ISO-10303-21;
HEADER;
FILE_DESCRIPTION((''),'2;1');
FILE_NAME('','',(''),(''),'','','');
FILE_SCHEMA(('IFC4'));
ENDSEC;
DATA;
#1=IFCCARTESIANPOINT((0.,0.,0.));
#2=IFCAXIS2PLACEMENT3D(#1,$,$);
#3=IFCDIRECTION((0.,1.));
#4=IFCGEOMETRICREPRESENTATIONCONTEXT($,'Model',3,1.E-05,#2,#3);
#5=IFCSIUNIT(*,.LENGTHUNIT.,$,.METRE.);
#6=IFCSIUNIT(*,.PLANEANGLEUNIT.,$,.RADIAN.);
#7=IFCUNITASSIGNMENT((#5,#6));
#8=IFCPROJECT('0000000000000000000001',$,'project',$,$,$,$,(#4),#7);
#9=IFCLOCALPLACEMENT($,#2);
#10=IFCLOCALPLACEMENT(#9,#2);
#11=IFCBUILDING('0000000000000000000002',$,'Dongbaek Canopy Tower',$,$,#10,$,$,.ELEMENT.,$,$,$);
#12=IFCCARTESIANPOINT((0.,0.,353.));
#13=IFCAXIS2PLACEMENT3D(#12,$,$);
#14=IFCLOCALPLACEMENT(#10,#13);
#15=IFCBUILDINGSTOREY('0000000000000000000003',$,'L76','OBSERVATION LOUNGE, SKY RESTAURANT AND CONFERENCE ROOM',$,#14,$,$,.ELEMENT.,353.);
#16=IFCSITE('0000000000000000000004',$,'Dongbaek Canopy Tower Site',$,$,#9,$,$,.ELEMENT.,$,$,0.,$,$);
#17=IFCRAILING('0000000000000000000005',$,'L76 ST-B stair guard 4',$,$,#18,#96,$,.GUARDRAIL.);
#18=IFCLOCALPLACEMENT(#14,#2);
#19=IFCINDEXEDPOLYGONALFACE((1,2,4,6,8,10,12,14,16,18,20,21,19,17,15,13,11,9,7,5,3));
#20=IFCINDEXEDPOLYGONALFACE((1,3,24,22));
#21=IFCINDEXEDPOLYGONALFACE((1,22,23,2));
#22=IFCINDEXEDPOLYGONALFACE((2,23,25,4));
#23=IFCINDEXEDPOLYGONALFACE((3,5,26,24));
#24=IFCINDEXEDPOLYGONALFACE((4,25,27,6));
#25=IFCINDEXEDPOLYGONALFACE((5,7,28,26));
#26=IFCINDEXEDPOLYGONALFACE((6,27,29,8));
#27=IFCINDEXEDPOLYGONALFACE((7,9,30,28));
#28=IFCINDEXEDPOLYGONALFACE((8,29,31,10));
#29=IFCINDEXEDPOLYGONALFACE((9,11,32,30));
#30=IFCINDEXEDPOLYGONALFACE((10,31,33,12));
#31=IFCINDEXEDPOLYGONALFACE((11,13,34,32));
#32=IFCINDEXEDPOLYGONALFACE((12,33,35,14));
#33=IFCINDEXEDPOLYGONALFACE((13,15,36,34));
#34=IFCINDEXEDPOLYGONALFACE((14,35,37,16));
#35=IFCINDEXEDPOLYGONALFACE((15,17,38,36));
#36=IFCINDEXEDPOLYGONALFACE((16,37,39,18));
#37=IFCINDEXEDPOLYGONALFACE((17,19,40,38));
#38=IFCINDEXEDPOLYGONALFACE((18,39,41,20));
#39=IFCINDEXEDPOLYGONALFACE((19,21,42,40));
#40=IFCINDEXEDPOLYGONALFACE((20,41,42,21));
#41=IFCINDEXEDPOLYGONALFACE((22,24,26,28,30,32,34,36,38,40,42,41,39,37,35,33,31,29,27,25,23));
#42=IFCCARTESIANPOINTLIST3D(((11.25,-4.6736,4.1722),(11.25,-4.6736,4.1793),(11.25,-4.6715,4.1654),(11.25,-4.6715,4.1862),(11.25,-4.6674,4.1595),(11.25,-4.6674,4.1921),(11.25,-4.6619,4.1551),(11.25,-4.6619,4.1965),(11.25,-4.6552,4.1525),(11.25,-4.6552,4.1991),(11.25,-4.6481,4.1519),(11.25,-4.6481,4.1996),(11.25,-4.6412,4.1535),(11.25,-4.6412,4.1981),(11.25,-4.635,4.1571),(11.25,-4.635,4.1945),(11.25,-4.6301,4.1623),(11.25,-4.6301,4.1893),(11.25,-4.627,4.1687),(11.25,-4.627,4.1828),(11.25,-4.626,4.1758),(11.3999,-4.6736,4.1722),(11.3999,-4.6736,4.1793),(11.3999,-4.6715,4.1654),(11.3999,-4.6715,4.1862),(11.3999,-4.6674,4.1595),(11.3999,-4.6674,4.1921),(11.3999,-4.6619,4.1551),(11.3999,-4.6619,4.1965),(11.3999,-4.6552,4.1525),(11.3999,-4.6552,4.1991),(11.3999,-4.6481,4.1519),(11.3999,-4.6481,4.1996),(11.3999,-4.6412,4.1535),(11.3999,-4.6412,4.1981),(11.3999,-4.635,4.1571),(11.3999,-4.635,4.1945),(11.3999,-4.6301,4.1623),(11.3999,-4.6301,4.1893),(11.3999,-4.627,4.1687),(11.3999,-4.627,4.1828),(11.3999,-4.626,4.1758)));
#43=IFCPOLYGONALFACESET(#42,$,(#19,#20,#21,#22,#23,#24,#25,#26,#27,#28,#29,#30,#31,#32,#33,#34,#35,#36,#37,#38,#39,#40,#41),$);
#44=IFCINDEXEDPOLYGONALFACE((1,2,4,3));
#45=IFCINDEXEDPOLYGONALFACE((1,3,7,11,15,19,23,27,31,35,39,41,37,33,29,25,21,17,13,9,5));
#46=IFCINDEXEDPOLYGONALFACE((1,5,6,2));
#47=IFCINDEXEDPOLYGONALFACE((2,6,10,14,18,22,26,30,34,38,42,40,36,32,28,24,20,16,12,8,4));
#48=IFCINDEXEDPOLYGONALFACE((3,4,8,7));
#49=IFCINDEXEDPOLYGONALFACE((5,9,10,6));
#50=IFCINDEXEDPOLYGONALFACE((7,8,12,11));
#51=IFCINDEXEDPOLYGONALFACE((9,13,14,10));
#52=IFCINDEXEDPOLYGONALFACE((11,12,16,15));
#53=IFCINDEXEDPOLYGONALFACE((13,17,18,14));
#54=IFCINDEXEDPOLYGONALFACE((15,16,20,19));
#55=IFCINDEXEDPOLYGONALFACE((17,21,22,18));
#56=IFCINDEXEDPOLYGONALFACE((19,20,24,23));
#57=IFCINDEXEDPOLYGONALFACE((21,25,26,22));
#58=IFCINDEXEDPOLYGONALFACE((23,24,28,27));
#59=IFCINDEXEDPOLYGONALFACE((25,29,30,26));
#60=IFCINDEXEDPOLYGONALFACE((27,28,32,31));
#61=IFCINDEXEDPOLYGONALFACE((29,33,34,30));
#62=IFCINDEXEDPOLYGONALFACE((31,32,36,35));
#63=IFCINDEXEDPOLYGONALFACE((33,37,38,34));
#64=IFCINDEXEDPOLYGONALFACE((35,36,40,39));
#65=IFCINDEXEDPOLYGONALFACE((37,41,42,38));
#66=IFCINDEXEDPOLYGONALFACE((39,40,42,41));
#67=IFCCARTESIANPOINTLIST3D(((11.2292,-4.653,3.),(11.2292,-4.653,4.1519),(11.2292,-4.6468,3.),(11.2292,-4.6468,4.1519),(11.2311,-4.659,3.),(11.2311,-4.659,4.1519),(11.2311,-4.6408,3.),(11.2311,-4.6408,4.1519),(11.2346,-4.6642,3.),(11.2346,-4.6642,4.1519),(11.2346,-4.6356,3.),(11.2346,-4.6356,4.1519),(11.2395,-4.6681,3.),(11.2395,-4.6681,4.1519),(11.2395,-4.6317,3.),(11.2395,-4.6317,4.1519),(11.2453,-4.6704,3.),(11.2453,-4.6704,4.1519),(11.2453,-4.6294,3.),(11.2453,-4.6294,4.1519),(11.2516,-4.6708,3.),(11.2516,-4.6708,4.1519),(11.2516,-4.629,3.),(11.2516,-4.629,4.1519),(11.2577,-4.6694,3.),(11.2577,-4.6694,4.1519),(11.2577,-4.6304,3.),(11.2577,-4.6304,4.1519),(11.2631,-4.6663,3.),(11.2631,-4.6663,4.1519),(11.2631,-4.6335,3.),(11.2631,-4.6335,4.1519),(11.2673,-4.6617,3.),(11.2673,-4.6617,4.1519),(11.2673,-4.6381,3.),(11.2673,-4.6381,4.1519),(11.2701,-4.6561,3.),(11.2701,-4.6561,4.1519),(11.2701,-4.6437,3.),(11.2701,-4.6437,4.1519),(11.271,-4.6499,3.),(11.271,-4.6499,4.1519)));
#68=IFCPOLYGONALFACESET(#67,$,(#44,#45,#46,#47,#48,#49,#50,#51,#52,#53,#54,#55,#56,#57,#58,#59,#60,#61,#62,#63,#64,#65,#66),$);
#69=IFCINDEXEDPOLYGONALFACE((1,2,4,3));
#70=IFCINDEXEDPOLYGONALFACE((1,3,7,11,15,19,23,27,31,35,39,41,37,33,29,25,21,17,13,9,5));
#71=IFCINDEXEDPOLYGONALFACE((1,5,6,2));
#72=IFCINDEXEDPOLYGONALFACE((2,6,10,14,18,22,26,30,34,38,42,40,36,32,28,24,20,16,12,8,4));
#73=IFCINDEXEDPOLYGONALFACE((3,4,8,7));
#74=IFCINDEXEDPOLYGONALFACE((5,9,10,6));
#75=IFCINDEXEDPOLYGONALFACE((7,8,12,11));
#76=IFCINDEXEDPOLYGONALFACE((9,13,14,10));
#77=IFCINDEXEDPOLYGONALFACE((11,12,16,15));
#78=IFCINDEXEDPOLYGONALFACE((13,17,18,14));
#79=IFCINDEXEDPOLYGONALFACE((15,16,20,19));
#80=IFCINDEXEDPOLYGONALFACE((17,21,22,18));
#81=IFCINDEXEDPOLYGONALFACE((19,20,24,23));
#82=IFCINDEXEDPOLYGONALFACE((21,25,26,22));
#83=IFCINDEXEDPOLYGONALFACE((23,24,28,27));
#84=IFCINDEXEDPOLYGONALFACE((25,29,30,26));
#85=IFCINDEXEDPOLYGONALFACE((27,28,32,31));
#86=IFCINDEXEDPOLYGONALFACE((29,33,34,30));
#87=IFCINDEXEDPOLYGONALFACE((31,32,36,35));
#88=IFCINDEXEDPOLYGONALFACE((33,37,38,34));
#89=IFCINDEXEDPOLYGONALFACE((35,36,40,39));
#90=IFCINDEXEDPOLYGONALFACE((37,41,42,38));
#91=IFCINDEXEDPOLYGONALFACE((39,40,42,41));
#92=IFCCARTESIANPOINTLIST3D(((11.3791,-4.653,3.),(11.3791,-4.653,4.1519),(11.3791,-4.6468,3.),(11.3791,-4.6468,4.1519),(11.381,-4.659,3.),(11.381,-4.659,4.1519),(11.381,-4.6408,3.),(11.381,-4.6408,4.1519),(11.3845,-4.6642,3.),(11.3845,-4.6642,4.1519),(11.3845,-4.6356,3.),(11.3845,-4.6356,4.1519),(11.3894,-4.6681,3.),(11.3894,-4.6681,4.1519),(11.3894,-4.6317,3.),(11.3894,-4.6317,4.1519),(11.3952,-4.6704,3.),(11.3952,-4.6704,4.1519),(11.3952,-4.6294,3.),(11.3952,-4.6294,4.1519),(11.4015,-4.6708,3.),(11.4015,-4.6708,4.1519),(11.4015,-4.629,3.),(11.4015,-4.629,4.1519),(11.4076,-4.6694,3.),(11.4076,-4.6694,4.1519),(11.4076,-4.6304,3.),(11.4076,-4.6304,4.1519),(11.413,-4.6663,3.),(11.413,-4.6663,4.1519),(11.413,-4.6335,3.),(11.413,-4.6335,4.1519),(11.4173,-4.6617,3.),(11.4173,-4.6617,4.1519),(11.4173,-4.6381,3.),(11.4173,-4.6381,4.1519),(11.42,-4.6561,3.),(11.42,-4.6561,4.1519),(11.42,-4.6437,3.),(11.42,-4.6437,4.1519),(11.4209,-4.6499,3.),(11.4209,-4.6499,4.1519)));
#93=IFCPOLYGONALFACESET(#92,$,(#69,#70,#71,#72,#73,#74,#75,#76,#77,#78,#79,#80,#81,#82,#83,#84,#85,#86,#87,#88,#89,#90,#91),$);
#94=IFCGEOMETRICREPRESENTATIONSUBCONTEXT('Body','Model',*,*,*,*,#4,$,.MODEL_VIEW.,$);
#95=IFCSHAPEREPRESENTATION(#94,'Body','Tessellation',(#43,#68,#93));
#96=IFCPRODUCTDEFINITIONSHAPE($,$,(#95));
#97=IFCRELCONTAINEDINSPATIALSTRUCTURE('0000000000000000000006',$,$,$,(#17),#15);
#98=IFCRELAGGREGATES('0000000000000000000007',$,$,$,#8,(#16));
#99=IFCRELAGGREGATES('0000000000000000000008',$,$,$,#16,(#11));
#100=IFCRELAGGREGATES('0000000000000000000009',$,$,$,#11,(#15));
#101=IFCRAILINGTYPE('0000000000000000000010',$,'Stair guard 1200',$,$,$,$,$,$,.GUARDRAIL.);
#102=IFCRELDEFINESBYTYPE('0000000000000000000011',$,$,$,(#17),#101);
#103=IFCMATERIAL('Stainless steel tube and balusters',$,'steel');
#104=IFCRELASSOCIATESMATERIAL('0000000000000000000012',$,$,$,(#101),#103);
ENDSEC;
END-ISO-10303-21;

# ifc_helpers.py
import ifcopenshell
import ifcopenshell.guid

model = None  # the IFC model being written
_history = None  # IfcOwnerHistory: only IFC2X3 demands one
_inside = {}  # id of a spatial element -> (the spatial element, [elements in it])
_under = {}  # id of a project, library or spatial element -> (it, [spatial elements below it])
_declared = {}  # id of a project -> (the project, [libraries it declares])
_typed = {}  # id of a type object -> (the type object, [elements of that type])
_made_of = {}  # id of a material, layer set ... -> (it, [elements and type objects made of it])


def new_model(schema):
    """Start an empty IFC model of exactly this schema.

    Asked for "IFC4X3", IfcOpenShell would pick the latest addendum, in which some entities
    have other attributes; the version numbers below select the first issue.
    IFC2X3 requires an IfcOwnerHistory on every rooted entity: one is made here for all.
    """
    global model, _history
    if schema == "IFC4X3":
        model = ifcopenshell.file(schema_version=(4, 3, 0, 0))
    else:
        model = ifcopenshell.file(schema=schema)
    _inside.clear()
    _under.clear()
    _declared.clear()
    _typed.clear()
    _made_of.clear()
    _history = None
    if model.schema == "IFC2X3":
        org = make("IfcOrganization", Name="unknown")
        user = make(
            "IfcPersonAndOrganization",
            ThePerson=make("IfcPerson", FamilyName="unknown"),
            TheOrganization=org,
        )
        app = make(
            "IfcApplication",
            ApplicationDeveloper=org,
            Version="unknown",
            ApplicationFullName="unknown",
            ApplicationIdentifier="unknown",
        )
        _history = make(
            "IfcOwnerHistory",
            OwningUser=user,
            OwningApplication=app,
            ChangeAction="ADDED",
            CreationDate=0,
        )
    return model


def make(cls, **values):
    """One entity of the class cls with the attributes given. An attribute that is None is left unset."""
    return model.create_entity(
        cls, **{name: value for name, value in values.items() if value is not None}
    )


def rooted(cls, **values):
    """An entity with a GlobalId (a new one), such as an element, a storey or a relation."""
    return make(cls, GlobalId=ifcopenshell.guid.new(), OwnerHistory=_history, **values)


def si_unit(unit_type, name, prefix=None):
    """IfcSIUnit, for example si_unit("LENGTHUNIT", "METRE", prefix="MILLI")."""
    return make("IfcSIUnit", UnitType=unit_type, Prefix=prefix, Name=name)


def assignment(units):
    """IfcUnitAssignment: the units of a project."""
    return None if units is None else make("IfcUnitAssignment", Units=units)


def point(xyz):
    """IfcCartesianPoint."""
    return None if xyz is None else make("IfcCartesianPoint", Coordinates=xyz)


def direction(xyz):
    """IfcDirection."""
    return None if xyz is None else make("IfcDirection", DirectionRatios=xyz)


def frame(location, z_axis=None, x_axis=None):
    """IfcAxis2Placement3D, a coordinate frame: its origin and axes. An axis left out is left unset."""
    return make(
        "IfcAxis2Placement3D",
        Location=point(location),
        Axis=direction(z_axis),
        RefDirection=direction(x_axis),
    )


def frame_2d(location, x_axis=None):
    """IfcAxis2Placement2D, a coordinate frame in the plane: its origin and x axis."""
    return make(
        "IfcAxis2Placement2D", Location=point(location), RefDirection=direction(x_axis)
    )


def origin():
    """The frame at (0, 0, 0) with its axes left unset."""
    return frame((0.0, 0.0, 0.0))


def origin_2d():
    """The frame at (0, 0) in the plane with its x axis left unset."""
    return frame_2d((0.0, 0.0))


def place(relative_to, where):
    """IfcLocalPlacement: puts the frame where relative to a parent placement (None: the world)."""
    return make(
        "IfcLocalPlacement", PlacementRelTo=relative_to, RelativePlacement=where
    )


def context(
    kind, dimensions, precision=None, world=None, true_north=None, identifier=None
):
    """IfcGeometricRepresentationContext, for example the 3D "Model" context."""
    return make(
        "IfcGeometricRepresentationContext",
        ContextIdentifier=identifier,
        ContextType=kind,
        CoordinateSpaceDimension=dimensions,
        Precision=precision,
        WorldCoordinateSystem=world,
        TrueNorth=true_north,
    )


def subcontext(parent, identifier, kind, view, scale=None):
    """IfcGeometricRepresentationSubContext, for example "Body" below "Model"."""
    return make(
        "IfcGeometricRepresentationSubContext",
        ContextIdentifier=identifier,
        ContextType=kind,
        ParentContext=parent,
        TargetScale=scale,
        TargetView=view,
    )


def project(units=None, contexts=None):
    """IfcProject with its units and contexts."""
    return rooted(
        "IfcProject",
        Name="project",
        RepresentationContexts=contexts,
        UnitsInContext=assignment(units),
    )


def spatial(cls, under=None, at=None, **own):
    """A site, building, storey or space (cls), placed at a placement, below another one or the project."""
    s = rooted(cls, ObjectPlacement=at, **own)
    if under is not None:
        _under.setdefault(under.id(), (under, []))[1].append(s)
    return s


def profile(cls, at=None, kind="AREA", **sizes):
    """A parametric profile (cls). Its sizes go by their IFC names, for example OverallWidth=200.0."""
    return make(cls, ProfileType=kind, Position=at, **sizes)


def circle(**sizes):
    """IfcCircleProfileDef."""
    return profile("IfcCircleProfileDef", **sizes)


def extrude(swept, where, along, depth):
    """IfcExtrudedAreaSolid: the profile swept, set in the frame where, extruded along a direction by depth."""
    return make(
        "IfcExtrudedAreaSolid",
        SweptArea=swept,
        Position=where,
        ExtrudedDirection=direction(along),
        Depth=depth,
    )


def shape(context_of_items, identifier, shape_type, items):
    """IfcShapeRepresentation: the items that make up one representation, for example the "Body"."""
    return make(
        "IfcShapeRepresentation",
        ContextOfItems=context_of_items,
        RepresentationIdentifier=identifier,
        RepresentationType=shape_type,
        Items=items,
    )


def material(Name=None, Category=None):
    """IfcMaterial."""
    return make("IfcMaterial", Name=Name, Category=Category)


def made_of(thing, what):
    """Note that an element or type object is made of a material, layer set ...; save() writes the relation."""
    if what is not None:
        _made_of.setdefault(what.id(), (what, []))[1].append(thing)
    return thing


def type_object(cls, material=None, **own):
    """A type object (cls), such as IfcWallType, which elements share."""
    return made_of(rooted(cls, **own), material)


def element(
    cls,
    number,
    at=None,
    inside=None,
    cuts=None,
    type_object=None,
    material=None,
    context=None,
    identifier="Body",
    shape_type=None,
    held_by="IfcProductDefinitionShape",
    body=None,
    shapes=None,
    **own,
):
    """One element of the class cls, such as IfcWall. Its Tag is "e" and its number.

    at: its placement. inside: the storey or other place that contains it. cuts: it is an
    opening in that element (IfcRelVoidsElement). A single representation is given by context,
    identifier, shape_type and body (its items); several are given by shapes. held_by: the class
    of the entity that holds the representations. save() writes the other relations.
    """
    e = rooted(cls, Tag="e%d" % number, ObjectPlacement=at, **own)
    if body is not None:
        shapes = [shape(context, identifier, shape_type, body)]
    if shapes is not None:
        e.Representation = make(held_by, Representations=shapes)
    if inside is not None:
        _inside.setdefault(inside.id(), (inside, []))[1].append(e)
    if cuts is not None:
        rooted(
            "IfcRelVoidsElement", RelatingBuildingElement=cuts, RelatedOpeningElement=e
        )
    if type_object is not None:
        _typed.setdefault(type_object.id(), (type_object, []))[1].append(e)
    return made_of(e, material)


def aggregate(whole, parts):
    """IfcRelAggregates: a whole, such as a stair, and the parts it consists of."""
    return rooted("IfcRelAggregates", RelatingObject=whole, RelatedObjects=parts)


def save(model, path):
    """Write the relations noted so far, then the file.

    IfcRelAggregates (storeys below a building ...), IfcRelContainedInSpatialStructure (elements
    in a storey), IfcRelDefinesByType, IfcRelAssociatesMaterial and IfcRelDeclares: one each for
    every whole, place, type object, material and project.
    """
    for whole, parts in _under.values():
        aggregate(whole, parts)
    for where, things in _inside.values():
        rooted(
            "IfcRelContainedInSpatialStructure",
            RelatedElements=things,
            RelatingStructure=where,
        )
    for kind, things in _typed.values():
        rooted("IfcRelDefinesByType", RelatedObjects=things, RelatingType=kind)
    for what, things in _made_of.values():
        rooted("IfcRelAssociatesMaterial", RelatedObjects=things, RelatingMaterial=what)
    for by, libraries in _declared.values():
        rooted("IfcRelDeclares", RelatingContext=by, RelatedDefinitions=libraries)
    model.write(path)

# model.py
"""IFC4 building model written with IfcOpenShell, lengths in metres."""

from ifc_helpers import new_model, si_unit, direction, frame, origin, origin_2d, place, context, subcontext, project, spatial, circle, extrude, material, type_object, element, save


model = new_model("IFC4")

# Units and contexts
model_context = context("Model", 3, precision=1e-05, world=origin(), true_north=direction((0.0, 1.0)))
body_context = subcontext(model_context, "Body", "Model", "MODEL_VIEW")
ifc_project = project(units=[si_unit("LENGTHUNIT", "METRE"), si_unit("PLANEANGLEUNIT", "RADIAN")], contexts=[model_context])

# Site, building, storey
site_placement = place(None, origin())
site = spatial("IfcSite", under=ifc_project, at=site_placement, Name="Dongbaek Canopy Tower Site", CompositionType="ELEMENT", RefElevation=0.0)
building_placement = place(site_placement, origin())
building = spatial("IfcBuilding", under=site, at=building_placement, Name="Dongbaek Canopy Tower", CompositionType="ELEMENT")
storey_placement = place(building_placement, frame((0.0, 0.0, 353.0)))
storey = spatial("IfcBuildingStorey", under=building, at=storey_placement, Name="L76", Description="OBSERVATION LOUNGE, SKY RESTAURANT AND CONFERENCE ROOM", CompositionType="ELEMENT", Elevation=353.0)

# Railing
ifc_material_1 = material(Name="Stainless steel tube and balusters", Category="steel")
railing_type = type_object("IfcRailingType", Name="Stair guard 1200", PredefinedType="GUARDRAIL", material=ifc_material_1)
railing_1_placement = place(storey_placement, frame((11.25, -4.6499, 3.0)))
element("IfcRailing", 1, at=railing_1_placement, inside=storey, type_object=railing_type, Name="L76 ST-B stair guard 4", PredefinedType="GUARDRAIL", context=body_context, shape_type="SweptSolid", body=[
    extrude(circle(Radius=0.0239, at=origin_2d()), frame((0.0, 0.0, 1.1758), z_axis=(1.0, 0.0, 0.0), x_axis=(0.0, 1.0, 0.0)), (0.0, 0.0, 1.0), 0.1499),
    extrude(circle(Radius=0.021, at=origin_2d()), origin(), (0.0, 0.0, 1.0), 1.1519),
    extrude(circle(Radius=0.021, at=origin_2d()), frame((0.1499, 0.0, 0.0)), (0.0, 0.0, 1.0), 1.1519),
])

save(model, "model.ifc")
